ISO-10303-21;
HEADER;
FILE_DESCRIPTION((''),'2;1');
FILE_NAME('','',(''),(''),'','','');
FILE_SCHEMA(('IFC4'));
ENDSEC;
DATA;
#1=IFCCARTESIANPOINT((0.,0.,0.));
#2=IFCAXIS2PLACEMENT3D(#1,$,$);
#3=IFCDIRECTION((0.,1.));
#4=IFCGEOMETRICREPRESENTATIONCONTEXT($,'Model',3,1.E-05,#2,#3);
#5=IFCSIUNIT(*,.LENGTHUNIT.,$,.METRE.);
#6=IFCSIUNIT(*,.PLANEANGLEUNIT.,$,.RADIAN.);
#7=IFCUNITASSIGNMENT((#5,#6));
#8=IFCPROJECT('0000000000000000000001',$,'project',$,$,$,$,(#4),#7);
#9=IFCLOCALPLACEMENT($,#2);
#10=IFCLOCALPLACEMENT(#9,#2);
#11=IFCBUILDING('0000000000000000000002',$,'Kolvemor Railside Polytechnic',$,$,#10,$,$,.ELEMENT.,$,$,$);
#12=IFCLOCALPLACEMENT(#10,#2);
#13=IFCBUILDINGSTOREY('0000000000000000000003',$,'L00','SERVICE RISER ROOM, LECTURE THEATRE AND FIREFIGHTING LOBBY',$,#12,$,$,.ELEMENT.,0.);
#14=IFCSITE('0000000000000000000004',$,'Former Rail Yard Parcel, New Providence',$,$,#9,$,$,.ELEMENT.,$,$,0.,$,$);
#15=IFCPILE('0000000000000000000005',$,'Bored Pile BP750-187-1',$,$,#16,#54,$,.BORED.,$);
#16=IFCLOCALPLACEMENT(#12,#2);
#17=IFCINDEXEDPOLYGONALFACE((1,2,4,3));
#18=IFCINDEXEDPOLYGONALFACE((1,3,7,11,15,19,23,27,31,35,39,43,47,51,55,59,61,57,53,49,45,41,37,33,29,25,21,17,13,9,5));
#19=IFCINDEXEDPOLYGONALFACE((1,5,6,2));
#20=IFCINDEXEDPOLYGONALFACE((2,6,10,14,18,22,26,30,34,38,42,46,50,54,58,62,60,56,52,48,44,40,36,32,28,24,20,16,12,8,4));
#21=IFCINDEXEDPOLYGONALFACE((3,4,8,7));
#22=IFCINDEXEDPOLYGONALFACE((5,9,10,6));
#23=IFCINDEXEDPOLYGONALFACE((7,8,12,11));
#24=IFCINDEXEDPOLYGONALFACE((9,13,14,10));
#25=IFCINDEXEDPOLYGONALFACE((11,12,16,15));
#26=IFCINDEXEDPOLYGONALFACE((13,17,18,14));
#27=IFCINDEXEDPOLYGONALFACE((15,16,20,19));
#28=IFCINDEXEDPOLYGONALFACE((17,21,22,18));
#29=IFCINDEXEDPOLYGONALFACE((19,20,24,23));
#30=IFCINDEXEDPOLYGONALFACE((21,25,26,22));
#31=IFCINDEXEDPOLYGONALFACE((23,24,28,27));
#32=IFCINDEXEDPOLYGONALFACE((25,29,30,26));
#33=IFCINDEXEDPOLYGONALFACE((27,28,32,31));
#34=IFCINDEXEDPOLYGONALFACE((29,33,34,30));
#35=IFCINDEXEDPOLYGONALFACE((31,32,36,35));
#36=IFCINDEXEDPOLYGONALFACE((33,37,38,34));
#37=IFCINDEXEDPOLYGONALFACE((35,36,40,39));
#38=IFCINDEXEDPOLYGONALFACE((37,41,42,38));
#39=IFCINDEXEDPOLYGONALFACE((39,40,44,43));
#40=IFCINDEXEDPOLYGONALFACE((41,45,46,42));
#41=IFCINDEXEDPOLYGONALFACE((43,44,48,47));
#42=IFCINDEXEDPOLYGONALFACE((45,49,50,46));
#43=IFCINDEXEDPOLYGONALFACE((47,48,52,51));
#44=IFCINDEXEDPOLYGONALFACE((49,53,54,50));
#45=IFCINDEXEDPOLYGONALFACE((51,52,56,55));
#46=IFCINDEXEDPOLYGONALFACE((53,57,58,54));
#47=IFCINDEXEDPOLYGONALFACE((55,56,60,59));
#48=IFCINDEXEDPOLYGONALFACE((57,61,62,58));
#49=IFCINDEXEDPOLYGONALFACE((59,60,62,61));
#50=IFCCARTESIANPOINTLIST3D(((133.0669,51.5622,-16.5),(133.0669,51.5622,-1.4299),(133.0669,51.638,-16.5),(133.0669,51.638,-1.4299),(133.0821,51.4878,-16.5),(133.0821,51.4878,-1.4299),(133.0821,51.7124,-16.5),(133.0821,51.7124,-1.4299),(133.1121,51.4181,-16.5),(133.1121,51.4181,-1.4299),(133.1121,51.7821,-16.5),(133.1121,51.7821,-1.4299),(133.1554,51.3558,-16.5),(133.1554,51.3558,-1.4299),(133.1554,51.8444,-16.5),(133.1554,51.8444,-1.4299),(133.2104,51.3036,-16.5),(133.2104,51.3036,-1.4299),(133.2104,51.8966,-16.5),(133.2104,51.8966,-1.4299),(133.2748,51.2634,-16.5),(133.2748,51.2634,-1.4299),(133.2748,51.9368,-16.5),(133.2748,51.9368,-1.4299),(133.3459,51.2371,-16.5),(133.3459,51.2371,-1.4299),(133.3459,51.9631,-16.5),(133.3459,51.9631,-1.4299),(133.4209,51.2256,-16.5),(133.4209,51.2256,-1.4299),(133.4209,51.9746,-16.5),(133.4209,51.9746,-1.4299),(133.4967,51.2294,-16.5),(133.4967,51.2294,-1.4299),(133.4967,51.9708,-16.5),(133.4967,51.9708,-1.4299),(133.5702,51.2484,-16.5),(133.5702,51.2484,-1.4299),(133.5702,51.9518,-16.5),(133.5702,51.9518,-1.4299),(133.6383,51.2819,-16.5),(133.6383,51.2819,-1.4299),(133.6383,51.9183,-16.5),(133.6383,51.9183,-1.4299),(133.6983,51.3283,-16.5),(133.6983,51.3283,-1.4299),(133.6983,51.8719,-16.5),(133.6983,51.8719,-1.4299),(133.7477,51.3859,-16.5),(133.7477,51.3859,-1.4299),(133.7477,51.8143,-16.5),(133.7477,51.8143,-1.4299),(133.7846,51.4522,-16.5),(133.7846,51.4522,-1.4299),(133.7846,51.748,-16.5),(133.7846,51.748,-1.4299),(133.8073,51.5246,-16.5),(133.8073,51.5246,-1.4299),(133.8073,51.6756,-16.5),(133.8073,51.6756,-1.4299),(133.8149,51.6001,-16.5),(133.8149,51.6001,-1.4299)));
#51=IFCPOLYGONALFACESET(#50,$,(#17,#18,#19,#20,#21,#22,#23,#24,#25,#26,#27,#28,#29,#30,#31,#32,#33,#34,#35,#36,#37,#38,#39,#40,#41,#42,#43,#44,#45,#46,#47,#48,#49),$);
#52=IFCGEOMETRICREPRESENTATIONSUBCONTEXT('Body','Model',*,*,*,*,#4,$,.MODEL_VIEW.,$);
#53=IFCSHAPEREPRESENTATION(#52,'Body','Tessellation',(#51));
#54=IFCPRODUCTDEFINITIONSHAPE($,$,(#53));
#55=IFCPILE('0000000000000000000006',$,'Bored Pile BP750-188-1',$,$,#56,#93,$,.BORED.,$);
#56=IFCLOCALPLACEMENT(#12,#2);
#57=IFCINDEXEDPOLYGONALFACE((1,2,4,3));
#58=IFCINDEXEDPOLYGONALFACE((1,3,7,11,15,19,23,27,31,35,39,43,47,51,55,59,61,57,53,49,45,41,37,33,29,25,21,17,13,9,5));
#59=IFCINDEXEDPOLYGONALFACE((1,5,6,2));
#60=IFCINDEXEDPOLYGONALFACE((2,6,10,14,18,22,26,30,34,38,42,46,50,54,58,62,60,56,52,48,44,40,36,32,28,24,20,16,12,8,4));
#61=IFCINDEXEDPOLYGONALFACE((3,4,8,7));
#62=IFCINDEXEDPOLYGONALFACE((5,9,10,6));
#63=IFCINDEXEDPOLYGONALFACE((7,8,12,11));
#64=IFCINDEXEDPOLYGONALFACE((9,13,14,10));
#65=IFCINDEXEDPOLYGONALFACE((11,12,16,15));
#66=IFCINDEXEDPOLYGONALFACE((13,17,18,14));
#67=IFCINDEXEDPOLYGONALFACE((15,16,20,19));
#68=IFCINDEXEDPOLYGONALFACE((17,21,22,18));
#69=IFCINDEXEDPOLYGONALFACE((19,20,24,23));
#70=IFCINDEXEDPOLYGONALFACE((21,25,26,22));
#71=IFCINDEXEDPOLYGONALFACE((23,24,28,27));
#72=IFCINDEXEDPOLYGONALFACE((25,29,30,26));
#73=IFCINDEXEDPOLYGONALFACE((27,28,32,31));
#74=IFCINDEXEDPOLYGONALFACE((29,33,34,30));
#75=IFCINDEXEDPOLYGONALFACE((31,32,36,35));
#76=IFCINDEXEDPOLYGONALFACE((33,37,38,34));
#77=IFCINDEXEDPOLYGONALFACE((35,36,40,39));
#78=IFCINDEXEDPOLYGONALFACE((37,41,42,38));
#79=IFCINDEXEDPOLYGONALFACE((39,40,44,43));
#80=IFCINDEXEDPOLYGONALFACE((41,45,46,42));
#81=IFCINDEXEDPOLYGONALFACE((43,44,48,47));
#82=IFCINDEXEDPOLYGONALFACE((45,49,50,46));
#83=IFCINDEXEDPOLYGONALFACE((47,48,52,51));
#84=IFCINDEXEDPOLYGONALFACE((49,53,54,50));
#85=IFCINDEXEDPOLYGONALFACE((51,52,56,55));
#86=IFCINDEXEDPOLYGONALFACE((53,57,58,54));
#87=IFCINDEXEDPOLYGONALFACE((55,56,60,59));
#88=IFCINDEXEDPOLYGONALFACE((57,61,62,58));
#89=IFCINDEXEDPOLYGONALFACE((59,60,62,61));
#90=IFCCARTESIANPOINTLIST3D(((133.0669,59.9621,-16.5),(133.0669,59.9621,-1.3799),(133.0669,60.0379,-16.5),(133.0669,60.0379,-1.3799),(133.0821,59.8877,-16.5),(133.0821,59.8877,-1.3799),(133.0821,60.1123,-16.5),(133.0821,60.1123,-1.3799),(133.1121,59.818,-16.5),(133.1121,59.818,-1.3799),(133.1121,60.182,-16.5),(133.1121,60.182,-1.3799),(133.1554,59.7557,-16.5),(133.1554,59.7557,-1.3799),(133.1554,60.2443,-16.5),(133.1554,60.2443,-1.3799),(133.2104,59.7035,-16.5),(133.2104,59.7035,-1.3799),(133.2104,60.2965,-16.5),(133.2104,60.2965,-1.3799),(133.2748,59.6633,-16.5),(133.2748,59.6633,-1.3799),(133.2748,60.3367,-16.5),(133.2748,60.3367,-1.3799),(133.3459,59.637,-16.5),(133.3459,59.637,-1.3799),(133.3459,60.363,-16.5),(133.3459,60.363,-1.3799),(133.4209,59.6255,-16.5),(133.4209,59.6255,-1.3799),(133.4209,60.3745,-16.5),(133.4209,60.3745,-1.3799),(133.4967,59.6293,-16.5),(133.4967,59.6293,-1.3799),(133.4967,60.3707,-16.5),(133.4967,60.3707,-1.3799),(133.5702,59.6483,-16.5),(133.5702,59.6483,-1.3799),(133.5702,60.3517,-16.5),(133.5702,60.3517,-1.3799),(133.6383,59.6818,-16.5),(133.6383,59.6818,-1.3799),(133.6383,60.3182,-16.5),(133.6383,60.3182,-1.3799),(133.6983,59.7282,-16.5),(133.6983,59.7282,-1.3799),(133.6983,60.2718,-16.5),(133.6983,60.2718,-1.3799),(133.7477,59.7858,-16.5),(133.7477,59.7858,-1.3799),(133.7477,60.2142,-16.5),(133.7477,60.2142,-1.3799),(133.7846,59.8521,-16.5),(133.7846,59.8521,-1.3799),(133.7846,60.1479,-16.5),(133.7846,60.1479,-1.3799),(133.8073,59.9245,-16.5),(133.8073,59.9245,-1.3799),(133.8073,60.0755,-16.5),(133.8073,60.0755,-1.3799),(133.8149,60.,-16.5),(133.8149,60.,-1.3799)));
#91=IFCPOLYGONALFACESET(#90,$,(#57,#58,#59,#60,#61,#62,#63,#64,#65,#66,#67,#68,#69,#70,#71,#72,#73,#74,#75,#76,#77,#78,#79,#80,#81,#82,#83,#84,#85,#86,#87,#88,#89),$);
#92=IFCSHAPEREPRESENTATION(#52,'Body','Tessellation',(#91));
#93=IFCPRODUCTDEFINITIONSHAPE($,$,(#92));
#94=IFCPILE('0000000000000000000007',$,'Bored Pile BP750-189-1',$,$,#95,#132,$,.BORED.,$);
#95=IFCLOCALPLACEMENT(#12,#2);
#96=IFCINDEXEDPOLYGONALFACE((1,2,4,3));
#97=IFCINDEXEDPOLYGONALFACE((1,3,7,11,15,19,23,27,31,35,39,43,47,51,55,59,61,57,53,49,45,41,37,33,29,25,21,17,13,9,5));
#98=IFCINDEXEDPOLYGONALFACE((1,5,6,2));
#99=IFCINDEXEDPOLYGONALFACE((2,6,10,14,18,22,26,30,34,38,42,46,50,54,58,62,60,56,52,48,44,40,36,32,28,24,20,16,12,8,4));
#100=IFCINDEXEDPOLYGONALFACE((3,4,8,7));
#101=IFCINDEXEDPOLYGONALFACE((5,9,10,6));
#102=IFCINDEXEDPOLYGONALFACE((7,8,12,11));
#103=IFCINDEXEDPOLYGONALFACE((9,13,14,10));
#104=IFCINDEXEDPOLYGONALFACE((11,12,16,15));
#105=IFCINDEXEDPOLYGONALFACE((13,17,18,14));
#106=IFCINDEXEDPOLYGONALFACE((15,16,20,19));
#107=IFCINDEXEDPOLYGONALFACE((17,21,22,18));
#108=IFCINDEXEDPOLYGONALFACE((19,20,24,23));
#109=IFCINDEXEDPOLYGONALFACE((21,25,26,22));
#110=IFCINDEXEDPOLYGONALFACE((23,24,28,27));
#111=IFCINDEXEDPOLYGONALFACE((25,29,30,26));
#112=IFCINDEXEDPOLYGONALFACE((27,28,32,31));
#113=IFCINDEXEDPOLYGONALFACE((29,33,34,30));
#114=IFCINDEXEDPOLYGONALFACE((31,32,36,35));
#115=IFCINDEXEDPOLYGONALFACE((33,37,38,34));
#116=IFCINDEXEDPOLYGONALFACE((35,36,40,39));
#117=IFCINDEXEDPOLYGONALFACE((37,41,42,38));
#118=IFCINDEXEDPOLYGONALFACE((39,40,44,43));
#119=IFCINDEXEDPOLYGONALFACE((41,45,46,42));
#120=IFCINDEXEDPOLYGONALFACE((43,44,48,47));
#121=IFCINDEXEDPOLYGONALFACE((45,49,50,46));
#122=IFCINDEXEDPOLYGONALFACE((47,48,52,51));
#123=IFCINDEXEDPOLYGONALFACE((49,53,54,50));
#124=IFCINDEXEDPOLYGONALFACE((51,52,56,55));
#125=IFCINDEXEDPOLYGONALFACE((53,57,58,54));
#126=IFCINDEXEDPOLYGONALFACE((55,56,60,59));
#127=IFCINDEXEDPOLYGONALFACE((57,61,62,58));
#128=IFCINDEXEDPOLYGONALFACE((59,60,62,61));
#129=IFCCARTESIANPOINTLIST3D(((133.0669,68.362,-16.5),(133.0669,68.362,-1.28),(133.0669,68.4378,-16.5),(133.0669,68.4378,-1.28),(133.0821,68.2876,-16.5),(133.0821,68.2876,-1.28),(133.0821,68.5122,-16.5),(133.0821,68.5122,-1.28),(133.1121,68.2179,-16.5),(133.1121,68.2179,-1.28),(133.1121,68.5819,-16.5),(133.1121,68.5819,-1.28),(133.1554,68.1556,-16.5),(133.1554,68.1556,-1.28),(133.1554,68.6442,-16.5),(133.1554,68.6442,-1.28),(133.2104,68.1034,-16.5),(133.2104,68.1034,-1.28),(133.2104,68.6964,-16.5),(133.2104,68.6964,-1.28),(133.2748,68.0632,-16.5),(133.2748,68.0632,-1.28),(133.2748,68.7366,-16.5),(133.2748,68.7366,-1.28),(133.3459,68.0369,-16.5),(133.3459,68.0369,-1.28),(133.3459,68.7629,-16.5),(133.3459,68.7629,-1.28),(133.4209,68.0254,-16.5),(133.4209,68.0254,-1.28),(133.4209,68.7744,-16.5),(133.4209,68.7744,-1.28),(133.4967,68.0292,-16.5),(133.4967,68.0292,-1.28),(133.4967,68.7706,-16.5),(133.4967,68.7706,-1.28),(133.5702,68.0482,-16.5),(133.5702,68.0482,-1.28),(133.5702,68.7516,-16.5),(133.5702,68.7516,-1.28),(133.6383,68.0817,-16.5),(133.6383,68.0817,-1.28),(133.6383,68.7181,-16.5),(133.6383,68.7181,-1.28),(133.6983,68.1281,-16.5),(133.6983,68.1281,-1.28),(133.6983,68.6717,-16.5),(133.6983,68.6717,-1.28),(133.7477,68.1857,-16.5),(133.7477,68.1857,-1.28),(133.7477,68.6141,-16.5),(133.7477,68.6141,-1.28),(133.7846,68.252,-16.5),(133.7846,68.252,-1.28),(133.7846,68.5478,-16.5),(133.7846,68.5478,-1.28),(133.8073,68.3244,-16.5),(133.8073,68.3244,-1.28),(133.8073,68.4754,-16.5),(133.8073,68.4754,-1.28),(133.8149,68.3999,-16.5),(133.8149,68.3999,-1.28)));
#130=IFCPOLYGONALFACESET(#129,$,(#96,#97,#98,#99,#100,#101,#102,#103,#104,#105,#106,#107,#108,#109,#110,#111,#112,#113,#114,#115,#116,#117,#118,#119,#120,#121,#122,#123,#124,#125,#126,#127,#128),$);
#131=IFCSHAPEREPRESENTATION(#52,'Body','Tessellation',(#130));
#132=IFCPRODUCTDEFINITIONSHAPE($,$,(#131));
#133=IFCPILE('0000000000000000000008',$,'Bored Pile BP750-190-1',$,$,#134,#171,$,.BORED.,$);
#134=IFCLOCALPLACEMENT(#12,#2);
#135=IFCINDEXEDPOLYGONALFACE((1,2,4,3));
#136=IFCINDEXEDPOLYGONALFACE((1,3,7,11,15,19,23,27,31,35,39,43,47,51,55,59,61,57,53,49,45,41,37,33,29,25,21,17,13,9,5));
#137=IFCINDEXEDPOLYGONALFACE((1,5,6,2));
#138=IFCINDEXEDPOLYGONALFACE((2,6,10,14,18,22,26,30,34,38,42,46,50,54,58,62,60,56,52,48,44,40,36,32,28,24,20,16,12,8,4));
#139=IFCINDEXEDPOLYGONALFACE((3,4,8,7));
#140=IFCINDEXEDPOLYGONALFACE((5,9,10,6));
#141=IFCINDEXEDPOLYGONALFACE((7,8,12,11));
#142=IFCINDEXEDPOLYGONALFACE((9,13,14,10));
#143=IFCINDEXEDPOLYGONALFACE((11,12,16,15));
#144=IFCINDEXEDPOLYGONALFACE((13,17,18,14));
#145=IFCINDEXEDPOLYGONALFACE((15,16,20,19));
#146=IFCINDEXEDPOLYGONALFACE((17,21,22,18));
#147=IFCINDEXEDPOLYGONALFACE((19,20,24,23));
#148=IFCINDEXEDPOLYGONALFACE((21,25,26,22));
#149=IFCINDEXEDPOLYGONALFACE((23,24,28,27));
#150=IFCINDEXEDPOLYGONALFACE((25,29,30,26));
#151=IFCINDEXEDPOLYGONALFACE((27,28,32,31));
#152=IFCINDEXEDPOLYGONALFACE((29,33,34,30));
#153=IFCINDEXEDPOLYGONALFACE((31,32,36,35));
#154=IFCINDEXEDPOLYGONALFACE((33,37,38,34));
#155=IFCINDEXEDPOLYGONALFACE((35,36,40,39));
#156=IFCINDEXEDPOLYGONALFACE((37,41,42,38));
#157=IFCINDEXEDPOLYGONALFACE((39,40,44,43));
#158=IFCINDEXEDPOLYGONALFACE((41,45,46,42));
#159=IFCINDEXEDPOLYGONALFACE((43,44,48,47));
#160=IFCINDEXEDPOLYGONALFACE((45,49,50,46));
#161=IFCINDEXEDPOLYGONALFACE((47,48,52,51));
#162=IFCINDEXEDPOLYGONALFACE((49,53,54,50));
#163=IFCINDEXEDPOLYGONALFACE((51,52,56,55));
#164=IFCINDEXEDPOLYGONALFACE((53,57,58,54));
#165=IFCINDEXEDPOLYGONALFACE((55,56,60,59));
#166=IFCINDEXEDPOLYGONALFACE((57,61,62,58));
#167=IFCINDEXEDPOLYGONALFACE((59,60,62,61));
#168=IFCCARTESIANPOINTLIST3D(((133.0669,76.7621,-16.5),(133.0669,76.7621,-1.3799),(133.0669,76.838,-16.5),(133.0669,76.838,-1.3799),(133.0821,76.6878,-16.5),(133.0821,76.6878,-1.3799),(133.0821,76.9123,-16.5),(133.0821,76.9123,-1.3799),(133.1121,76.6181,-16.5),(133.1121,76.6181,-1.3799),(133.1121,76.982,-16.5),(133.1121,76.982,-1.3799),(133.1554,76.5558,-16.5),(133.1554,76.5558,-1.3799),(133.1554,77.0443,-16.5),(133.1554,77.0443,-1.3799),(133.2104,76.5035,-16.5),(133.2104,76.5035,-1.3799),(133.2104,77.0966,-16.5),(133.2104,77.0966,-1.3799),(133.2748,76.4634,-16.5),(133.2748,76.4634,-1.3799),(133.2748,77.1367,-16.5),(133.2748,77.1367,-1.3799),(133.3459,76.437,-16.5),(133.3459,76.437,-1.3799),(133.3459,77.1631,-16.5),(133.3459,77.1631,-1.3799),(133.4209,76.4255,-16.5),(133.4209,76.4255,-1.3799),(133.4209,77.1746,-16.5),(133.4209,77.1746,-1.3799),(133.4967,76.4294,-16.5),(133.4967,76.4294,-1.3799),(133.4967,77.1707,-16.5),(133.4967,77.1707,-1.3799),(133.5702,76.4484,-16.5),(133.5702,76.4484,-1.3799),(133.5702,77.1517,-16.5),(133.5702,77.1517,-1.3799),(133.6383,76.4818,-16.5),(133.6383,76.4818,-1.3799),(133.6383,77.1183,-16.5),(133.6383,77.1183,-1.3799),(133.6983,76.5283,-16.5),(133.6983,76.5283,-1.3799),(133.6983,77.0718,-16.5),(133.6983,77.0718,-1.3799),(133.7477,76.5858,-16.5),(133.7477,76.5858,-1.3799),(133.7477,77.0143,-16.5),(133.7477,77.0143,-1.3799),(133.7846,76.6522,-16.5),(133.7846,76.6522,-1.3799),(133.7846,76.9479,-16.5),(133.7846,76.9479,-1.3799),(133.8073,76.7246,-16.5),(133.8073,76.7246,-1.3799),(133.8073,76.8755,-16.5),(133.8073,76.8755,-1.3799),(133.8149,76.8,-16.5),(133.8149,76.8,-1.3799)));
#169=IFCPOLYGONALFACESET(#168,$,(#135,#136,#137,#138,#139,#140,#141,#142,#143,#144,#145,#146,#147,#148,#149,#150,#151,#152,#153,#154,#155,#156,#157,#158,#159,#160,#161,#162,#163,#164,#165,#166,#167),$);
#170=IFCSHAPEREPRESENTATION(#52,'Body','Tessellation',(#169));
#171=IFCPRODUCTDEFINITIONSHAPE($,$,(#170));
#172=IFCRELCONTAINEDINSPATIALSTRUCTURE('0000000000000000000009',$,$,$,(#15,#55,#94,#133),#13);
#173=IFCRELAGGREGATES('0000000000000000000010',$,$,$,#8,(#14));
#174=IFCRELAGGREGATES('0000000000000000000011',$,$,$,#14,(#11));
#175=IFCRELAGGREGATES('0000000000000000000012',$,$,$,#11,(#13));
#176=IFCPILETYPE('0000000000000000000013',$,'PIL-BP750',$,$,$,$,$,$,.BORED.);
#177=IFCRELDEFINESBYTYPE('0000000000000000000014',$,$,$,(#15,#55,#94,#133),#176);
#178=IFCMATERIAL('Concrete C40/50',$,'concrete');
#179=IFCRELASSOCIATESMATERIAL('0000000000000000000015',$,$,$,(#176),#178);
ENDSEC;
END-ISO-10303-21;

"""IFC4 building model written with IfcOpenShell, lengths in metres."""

from ifc_helpers import new_model, si_unit, direction, frame, origin, origin_2d, place, context, subcontext, project, spatial, circle, extrude, material, material_profile, profile_set, type_object, element, save


model = new_model("IFC4")

# Units and contexts
model_context = context("Model", 3, precision=1e-05, world=origin(), true_north=direction((0.0, 1.0)))
body_context = subcontext(model_context, "Body", "Model", "MODEL_VIEW")
ifc_project = project(units=[si_unit("LENGTHUNIT", "METRE"), si_unit("PLANEANGLEUNIT", "RADIAN")], contexts=[model_context])

# Site, building, storey
site_placement = place(None, origin())
site = spatial("IfcSite", under=ifc_project, at=site_placement, Name="Former Rail Yard Parcel, New Providence", CompositionType="ELEMENT", RefElevation=0.0)
building_placement = place(site_placement, origin())
building = spatial("IfcBuilding", under=site, at=building_placement, Name="Kolvemor Railside Polytechnic", CompositionType="ELEMENT")
storey_placement = place(building_placement, origin())
storey = spatial("IfcBuildingStorey", under=building, at=storey_placement, Name="L00", Description="SERVICE RISER ROOM, LECTURE THEATRE AND FIREFIGHTING LOBBY", CompositionType="ELEMENT", Elevation=0.0)

# Piles
ifc_material_1 = material(Name="Concrete C40/50", Category="concrete")
ifc_material_profile_1 = material_profile(ifc_material_1, circle(Radius=0.375, at=origin_2d()), Name="BP750")
ifc_profile_set_1 = profile_set([ifc_material_profile_1], Name="Concrete C40/50")
pile_type_1 = type_object("IfcPileType", Name="PIL-BP750", PredefinedType="BORED", material=ifc_profile_set_1)
pile_1_placement = place(storey_placement, frame((133.4399, 51.6001, -1.4299), z_axis=(0.0, 0.0, -1.0), x_axis=(1.0, 0.0, 0.0)))
element("IfcPile", 1, at=pile_1_placement, inside=storey, type_object=pile_type_1, Name="Bored Pile BP750-187-1", PredefinedType="BORED", context=body_context, shape_type="SweptSolid", body=[
    extrude(circle(Radius=0.375, at=origin_2d()), origin(), (0.0, 0.0, 1.0), 15.0701),
])
pile_2_placement = place(storey_placement, frame((133.4399, 60.0, -1.3799), z_axis=(0.0, 0.0, -1.0), x_axis=(1.0, 0.0, 0.0)))
element("IfcPile", 2, at=pile_2_placement, inside=storey, type_object=pile_type_1, Name="Bored Pile BP750-188-1", PredefinedType="BORED", context=body_context, shape_type="SweptSolid", body=[
    extrude(circle(Radius=0.375, at=origin_2d()), origin(), (0.0, 0.0, 1.0), 15.1201),
])
pile_3_placement = place(storey_placement, frame((133.4399, 68.3999, -1.28), z_axis=(0.0, 0.0, -1.0), x_axis=(1.0, 0.0, 0.0)))
element("IfcPile", 3, at=pile_3_placement, inside=storey, type_object=pile_type_1, Name="Bored Pile BP750-189-1", PredefinedType="BORED", context=body_context, shape_type="SweptSolid", body=[
    extrude(circle(Radius=0.375, at=origin_2d()), origin(), (0.0, 0.0, 1.0), 15.22),
])
pile_4_placement = place(storey_placement, frame((133.4399, 76.8, -1.3799), z_axis=(0.0, 0.0, -1.0), x_axis=(1.0, 0.0, 0.0)))
element("IfcPile", 4, at=pile_4_placement, inside=storey, type_object=pile_type_1, Name="Bored Pile BP750-190-1", PredefinedType="BORED", context=body_context, shape_type="SweptSolid", body=[
    extrude(circle(Radius=0.375, at=origin_2d()), origin(), (0.0, 0.0, 1.0), 15.1201),
])

save(model, "model.ifc")
